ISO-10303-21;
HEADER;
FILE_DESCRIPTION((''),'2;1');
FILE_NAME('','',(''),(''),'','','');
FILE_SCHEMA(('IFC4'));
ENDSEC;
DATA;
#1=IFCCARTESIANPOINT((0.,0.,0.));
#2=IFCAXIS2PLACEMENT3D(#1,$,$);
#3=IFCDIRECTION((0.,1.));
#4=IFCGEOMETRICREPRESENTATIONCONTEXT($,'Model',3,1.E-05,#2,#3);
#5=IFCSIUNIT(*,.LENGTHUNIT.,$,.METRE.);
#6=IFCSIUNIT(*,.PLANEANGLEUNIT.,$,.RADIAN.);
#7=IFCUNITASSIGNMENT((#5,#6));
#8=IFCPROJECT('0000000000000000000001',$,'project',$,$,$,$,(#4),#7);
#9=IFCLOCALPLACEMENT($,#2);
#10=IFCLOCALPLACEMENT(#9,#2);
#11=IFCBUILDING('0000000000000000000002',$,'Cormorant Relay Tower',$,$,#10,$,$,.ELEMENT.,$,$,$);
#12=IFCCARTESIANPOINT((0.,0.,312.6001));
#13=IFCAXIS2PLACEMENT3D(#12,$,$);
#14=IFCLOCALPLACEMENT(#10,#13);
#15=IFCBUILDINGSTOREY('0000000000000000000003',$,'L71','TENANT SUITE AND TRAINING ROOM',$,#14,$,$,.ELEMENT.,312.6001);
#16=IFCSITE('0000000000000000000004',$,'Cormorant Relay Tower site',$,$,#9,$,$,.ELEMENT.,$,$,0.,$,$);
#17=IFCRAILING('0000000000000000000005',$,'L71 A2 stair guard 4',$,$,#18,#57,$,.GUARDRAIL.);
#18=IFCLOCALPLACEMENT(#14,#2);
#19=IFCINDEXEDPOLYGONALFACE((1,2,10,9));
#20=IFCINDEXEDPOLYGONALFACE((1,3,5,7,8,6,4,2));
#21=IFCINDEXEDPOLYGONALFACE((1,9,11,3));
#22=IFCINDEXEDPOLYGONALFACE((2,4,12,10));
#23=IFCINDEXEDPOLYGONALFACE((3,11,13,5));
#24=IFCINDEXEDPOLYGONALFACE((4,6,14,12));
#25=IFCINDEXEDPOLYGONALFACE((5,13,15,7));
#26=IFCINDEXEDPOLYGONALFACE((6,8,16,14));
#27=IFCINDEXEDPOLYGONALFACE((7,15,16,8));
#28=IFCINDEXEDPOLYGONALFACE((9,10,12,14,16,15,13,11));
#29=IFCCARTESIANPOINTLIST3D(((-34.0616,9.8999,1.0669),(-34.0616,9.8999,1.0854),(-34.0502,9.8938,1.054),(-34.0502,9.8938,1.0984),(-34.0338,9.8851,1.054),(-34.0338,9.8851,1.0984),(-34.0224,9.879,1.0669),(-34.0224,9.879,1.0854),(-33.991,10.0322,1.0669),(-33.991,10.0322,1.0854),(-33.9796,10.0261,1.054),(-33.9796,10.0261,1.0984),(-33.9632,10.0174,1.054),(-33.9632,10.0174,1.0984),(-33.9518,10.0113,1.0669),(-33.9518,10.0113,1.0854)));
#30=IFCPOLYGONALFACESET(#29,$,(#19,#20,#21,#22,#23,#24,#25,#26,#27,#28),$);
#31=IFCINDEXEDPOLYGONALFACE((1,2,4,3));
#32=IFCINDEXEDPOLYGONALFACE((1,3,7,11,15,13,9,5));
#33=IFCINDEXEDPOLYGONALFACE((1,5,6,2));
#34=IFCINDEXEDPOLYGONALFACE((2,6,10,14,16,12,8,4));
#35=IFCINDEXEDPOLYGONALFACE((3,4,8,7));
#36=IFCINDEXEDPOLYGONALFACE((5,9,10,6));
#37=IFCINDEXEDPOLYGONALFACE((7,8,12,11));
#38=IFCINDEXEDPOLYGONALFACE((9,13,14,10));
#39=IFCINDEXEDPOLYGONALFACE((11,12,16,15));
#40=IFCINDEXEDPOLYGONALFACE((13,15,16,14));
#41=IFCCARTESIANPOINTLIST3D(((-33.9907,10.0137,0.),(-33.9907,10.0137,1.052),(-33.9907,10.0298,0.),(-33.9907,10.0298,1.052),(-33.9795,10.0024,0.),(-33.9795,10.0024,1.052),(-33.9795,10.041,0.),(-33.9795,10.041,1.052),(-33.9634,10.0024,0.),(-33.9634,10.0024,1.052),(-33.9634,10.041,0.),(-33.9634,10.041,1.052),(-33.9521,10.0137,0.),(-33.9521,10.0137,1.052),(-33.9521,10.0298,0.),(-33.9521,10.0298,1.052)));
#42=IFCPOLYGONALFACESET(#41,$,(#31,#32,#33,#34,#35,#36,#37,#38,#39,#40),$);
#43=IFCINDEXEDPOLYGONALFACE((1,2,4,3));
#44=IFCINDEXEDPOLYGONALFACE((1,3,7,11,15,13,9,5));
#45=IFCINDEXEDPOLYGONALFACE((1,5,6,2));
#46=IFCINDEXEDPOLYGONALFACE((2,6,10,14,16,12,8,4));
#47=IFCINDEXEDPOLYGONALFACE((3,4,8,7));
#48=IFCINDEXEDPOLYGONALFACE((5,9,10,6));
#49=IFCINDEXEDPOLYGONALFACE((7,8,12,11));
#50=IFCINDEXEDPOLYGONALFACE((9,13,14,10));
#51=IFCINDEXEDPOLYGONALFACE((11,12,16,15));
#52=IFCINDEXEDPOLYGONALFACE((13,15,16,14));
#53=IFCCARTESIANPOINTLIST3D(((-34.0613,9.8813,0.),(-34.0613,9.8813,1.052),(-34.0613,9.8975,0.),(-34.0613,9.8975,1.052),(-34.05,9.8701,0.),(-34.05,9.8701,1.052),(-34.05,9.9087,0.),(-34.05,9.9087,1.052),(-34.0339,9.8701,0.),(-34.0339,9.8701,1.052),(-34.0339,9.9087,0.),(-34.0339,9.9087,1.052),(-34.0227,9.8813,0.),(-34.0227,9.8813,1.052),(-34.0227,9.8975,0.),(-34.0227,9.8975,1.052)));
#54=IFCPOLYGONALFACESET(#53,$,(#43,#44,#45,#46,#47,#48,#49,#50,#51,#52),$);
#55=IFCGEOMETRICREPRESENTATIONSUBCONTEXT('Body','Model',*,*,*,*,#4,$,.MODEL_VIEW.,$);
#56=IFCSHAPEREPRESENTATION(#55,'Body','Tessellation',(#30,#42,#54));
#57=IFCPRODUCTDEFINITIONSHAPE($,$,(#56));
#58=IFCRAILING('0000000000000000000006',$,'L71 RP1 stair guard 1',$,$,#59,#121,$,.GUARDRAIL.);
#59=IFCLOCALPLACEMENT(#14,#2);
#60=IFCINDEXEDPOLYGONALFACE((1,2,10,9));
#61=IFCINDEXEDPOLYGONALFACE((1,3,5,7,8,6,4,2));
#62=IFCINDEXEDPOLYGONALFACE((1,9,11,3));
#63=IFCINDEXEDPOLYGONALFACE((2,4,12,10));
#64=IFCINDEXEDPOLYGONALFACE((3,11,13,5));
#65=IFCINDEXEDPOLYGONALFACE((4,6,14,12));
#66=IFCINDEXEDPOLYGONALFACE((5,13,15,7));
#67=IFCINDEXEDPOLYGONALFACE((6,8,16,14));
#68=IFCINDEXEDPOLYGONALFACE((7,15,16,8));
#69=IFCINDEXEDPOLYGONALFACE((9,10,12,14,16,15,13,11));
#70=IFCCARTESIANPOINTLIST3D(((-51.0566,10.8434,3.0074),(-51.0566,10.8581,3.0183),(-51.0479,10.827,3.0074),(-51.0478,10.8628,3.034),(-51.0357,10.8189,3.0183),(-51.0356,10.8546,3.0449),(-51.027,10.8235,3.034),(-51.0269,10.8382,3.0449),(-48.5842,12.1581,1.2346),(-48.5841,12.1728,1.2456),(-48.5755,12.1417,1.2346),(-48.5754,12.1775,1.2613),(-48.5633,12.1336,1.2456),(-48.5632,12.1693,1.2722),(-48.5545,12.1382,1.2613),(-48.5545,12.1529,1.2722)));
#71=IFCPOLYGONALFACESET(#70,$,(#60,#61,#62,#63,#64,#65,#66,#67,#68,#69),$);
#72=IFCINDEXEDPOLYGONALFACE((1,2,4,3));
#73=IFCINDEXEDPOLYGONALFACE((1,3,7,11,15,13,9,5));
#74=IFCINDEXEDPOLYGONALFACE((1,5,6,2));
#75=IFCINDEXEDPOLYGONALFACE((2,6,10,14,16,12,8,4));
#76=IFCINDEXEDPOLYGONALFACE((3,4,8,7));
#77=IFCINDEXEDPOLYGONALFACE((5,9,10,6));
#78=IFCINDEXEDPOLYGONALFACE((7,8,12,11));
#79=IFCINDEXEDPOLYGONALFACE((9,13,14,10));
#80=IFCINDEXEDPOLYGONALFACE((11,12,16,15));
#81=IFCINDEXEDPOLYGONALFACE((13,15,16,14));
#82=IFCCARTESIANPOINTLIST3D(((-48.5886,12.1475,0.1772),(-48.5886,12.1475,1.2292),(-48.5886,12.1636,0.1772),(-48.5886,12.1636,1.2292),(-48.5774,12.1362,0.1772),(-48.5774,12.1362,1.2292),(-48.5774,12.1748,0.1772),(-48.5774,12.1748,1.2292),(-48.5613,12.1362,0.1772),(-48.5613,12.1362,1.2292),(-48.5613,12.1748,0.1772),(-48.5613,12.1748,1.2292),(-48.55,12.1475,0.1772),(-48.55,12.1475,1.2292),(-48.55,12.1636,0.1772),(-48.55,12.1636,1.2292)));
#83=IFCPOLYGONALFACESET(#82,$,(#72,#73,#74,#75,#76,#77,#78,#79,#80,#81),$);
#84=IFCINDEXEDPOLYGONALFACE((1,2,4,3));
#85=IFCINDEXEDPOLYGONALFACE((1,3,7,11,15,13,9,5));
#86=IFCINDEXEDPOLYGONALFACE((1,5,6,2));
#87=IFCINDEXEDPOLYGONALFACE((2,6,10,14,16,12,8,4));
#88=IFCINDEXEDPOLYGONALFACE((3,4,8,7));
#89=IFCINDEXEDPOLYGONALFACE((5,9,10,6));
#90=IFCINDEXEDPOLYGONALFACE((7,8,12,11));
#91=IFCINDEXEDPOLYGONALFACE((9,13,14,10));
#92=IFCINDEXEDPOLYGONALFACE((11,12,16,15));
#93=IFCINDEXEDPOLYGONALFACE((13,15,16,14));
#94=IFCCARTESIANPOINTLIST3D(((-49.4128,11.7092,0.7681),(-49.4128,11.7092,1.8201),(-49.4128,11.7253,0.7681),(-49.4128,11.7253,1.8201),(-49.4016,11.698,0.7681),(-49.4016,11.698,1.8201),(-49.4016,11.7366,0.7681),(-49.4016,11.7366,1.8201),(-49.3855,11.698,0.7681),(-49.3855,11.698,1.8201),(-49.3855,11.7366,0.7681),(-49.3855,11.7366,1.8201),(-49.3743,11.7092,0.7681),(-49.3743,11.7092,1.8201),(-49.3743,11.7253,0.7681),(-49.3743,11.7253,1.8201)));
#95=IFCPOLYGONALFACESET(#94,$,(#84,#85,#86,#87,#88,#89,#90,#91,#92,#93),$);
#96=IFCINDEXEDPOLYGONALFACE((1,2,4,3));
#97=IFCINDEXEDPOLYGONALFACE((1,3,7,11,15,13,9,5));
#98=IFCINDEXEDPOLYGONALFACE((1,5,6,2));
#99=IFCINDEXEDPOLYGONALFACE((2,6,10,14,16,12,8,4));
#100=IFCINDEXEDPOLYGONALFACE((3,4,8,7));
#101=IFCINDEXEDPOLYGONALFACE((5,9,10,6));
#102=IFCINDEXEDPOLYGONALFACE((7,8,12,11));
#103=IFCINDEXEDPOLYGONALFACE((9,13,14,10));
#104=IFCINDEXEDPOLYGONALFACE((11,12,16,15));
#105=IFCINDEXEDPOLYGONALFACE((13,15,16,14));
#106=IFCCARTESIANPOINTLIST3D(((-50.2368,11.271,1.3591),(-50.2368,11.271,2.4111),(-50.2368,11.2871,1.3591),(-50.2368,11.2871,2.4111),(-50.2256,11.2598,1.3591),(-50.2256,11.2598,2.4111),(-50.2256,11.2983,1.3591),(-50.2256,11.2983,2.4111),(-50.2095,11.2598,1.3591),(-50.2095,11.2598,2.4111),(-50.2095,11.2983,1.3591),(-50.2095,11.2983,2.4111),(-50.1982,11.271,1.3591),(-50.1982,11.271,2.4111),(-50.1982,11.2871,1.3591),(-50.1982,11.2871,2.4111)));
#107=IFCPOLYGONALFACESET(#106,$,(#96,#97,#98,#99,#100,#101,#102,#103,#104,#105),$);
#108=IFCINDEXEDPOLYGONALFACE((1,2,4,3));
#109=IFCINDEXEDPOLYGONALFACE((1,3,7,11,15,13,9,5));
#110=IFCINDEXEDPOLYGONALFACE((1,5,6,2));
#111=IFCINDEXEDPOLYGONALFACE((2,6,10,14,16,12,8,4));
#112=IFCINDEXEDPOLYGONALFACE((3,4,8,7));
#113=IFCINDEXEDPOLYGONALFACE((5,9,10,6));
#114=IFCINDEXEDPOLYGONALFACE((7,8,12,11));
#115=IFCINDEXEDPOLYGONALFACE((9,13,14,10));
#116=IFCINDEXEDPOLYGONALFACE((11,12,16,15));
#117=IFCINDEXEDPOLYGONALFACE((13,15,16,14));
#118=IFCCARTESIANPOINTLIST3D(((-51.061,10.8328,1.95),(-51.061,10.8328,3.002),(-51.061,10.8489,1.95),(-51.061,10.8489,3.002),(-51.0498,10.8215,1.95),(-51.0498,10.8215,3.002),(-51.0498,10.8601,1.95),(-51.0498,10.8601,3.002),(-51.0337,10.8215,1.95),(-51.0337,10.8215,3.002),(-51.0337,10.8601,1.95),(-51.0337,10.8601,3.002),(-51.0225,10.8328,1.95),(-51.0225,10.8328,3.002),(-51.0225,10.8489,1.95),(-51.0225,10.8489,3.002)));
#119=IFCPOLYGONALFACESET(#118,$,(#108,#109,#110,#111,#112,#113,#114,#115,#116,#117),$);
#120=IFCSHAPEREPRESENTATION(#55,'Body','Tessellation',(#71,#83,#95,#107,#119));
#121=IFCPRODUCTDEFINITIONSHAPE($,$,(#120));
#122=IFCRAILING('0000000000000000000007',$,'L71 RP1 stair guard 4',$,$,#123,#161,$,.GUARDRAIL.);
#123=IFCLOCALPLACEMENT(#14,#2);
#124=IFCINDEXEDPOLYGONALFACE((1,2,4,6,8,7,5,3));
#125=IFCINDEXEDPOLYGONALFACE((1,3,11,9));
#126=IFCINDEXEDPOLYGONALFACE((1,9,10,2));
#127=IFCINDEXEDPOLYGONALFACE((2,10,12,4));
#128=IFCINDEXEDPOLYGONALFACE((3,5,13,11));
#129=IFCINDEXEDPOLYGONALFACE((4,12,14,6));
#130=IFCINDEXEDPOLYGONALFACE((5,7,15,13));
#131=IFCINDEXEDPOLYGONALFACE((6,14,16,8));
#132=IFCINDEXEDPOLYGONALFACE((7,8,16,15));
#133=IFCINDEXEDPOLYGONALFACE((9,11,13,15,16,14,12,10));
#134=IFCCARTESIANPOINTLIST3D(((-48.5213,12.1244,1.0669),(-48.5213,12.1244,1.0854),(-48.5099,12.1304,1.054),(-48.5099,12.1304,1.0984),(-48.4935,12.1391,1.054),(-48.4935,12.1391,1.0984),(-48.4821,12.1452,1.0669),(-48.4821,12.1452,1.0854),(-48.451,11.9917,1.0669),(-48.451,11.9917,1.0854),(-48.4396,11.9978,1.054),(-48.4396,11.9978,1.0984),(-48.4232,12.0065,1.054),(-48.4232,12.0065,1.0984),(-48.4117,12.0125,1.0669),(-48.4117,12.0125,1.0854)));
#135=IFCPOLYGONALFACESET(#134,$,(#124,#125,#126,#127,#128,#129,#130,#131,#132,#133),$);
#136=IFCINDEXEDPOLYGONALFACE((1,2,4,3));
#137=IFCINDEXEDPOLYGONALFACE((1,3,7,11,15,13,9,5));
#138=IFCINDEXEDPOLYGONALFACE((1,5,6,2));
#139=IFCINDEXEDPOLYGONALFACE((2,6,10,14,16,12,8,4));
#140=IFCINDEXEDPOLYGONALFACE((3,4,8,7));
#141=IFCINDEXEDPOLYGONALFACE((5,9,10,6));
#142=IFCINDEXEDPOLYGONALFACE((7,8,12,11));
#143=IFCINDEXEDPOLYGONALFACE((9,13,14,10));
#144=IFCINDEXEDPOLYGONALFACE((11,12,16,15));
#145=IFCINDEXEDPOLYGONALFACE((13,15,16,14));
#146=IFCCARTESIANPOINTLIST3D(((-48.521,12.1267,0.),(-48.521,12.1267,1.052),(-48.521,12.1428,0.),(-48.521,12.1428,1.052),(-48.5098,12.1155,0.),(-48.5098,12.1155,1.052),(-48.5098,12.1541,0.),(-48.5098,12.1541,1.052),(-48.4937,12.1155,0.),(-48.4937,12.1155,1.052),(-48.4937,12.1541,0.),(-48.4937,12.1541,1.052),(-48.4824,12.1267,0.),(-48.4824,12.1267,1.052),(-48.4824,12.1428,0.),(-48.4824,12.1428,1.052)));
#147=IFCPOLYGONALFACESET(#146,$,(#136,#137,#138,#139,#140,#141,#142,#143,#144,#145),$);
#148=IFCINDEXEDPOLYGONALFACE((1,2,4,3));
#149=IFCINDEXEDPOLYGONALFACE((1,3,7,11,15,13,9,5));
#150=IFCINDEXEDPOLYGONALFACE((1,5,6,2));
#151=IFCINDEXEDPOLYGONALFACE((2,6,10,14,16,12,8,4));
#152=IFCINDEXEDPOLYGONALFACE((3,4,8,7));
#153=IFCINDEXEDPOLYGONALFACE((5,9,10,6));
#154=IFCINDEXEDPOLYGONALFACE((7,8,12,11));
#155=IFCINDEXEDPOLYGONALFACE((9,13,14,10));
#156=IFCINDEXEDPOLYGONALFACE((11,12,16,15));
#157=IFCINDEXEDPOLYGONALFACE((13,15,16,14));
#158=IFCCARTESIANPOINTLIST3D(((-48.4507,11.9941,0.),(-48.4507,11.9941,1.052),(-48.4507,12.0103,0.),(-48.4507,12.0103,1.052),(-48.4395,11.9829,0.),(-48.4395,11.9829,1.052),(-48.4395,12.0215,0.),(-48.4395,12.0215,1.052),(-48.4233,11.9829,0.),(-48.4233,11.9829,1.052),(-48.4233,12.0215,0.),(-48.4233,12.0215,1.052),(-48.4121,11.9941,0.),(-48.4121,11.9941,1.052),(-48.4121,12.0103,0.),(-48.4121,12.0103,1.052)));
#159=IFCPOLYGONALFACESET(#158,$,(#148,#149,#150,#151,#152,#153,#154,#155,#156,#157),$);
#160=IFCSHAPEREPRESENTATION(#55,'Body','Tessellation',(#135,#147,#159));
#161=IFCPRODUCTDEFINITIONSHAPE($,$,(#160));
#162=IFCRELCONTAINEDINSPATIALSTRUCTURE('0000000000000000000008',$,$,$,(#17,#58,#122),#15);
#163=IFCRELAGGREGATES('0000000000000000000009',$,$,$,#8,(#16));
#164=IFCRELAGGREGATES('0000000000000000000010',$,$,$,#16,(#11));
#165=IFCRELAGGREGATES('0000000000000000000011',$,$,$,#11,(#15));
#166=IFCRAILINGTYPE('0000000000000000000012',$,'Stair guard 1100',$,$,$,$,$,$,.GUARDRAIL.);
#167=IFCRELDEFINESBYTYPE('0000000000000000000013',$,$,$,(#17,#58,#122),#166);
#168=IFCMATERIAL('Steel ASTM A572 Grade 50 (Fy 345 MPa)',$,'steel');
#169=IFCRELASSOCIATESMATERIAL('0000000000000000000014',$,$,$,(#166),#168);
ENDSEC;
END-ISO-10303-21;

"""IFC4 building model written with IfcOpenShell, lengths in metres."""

from ifc_helpers import new_model, si_unit, direction, frame, origin, place, context, subcontext, project, spatial, polyline, outline, extrude, material, type_object, element, save


model = new_model("IFC4")

# Units and contexts
model_context = context("Model", 3, precision=1e-05, world=origin(), true_north=direction((0.0, 1.0)))
body_context = subcontext(model_context, "Body", "Model", "MODEL_VIEW")
ifc_project = project(units=[si_unit("LENGTHUNIT", "METRE"), si_unit("PLANEANGLEUNIT", "RADIAN")], contexts=[model_context])

# Site, building, storey
site_placement = place(None, origin())
site = spatial("IfcSite", under=ifc_project, at=site_placement, Name="Cormorant Relay Tower site", CompositionType="ELEMENT", RefElevation=0.0)
building_placement = place(site_placement, origin())
building = spatial("IfcBuilding", under=site, at=building_placement, Name="Cormorant Relay Tower", CompositionType="ELEMENT")
storey_placement = place(building_placement, frame((0.0, 0.0, 312.6001)))
storey = spatial("IfcBuildingStorey", under=building, at=storey_placement, Name="L71", Description="TENANT SUITE AND TRAINING ROOM", CompositionType="ELEMENT", Elevation=312.6001)

# Railings
ifc_material_1 = material(Name="Steel ASTM A572 Grade 50 (Fy 345 MPa)", Category="steel")
railing_type_1 = type_object("IfcRailingType", Name="Stair guard 1100", PredefinedType="GUARDRAIL", material=ifc_material_1)
railing_1_placement = place(storey_placement, frame((-33.9714, 10.0217, 0.0)))
element("IfcRailing", 1, at=railing_1_placement, inside=storey, type_object=railing_type_1, Name="L71 A2 stair guard 4", PredefinedType="GUARDRAIL", context=body_context, shape_type="SweptSolid", body=[
    extrude(outline(polyline([(0.0222, 0.0093), (0.0093, 0.0222), (-0.0093, 0.0222), (-0.0222, 0.0093), (-0.0222, -0.0093), (-0.0093, -0.0222), (0.0093, -0.0222), (0.0222, -0.0093), (0.0222, 0.0093)])), frame((0.0, 0.0, 1.0762), z_axis=(-0.470504, -0.882398, 0.0), x_axis=(0.882398, -0.470504, 0.0)), (0.0, 0.0, 1.0), 0.1499),
    extrude(outline(polyline([(0.0193, 0.0081), (0.0081, 0.0193), (-0.0081, 0.0193), (-0.0193, 0.0081), (-0.0193, -0.0081), (-0.0081, -0.0193), (0.0081, -0.0193), (0.0193, -0.0081), (0.0193, 0.0081)])), origin(), (0.0, 0.0, 1.0), 1.052),
    extrude(outline(polyline([(0.0193, 0.0081), (0.0081, 0.0193), (-0.0081, 0.0193), (-0.0193, 0.0081), (-0.0193, -0.0081), (-0.0081, -0.0193), (0.0081, -0.0193), (0.0193, -0.0081), (0.0193, 0.0081)])), frame((-0.0706, -0.1323, 0.0)), (0.0, 0.0, 1.0), 1.052),
])
railing_2_placement = place(storey_placement, frame((-48.5693, 12.1555, 0.1772)))
element("IfcRailing", 2, at=railing_2_placement, inside=storey, type_object=railing_type_1, Name="L71 RP1 stair guard 1", PredefinedType="GUARDRAIL", context=body_context, shape_type="SweptSolid", body=[
    extrude(outline(polyline([(0.0222, 0.0093), (0.0093, 0.0222), (-0.0093, 0.0222), (-0.0222, 0.0093), (-0.0222, -0.0093), (-0.0093, -0.0222), (0.0093, -0.0222), (0.0222, -0.0093), (0.0222, 0.0093)])), frame((0.0, 0.0, 1.0762), z_axis=(-0.746012, -0.39669, 0.534886), x_axis=(0.469497, -0.882934, 0.0)), (0.0, 0.0, 1.0), 3.3142),
    extrude(outline(polyline([(0.0193, 0.0081), (0.0081, 0.0193), (-0.0081, 0.0193), (-0.0193, 0.0081), (-0.0193, -0.0081), (-0.0081, -0.0193), (0.0081, -0.0193), (0.0193, -0.0081), (0.0193, 0.0081)])), origin(), (0.0, 0.0, 1.0), 1.052),
    extrude(outline(polyline([(0.0193, 0.0081), (0.0081, 0.0193), (-0.0081, 0.0193), (-0.0193, 0.0081), (-0.0193, -0.0081), (-0.0081, -0.0193), (0.0081, -0.0193), (0.0193, -0.0081), (0.0193, 0.0081)])), frame((-0.8242, -0.4382, 0.5908)), (0.0, 0.0, 1.0), 1.052),
    extrude(outline(polyline([(0.0193, 0.0081), (0.0081, 0.0193), (-0.0081, 0.0193), (-0.0193, 0.0081), (-0.0193, -0.0081), (-0.0081, -0.0193), (0.0081, -0.0193), (0.0193, -0.0081), (0.0193, 0.0081)])), frame((-1.6482, -0.8765, 1.1819)), (0.0, 0.0, 1.0), 1.052),
    extrude(outline(polyline([(0.0193, 0.0081), (0.0081, 0.0193), (-0.0081, 0.0193), (-0.0193, 0.0081), (-0.0193, -0.0081), (-0.0081, -0.0193), (0.0081, -0.0193), (0.0193, -0.0081), (0.0193, 0.0081)])), frame((-2.4724, -1.3147, 1.7727)), (0.0, 0.0, 1.0), 1.052),
])
railing_3_placement = place(storey_placement, frame((-48.5017, 12.1348, 0.0)))
element("IfcRailing", 3, at=railing_3_placement, inside=storey, type_object=railing_type_1, Name="L71 RP1 stair guard 4", PredefinedType="GUARDRAIL", context=body_context, shape_type="SweptSolid", body=[
    extrude(outline(polyline([(0.0222, 0.0093), (0.0093, 0.0222), (-0.0093, 0.0222), (-0.0222, 0.0093), (-0.0222, -0.0093), (-0.0093, -0.0222), (0.0093, -0.0222), (0.0222, -0.0093), (0.0222, 0.0093)])), frame((0.0, 0.0, 1.0762), z_axis=(0.46856, -0.883431, 0.0), x_axis=(0.883431, 0.46856, 0.0)), (0.0, 0.0, 1.0), 0.1501),
    extrude(outline(polyline([(0.0193, 0.0081), (0.0081, 0.0193), (-0.0081, 0.0193), (-0.0193, 0.0081), (-0.0193, -0.0081), (-0.0081, -0.0193), (0.0081, -0.0193), (0.0193, -0.0081), (0.0193, 0.0081)])), origin(), (0.0, 0.0, 1.0), 1.052),
    extrude(outline(polyline([(0.0193, 0.0081), (0.0081, 0.0193), (-0.0081, 0.0193), (-0.0193, 0.0081), (-0.0193, -0.0081), (-0.0081, -0.0193), (0.0081, -0.0193), (0.0193, -0.0081), (0.0193, 0.0081)])), frame((0.0703, -0.1326, 0.0)), (0.0, 0.0, 1.0), 1.052),
])

save(model, "model.ifc")
